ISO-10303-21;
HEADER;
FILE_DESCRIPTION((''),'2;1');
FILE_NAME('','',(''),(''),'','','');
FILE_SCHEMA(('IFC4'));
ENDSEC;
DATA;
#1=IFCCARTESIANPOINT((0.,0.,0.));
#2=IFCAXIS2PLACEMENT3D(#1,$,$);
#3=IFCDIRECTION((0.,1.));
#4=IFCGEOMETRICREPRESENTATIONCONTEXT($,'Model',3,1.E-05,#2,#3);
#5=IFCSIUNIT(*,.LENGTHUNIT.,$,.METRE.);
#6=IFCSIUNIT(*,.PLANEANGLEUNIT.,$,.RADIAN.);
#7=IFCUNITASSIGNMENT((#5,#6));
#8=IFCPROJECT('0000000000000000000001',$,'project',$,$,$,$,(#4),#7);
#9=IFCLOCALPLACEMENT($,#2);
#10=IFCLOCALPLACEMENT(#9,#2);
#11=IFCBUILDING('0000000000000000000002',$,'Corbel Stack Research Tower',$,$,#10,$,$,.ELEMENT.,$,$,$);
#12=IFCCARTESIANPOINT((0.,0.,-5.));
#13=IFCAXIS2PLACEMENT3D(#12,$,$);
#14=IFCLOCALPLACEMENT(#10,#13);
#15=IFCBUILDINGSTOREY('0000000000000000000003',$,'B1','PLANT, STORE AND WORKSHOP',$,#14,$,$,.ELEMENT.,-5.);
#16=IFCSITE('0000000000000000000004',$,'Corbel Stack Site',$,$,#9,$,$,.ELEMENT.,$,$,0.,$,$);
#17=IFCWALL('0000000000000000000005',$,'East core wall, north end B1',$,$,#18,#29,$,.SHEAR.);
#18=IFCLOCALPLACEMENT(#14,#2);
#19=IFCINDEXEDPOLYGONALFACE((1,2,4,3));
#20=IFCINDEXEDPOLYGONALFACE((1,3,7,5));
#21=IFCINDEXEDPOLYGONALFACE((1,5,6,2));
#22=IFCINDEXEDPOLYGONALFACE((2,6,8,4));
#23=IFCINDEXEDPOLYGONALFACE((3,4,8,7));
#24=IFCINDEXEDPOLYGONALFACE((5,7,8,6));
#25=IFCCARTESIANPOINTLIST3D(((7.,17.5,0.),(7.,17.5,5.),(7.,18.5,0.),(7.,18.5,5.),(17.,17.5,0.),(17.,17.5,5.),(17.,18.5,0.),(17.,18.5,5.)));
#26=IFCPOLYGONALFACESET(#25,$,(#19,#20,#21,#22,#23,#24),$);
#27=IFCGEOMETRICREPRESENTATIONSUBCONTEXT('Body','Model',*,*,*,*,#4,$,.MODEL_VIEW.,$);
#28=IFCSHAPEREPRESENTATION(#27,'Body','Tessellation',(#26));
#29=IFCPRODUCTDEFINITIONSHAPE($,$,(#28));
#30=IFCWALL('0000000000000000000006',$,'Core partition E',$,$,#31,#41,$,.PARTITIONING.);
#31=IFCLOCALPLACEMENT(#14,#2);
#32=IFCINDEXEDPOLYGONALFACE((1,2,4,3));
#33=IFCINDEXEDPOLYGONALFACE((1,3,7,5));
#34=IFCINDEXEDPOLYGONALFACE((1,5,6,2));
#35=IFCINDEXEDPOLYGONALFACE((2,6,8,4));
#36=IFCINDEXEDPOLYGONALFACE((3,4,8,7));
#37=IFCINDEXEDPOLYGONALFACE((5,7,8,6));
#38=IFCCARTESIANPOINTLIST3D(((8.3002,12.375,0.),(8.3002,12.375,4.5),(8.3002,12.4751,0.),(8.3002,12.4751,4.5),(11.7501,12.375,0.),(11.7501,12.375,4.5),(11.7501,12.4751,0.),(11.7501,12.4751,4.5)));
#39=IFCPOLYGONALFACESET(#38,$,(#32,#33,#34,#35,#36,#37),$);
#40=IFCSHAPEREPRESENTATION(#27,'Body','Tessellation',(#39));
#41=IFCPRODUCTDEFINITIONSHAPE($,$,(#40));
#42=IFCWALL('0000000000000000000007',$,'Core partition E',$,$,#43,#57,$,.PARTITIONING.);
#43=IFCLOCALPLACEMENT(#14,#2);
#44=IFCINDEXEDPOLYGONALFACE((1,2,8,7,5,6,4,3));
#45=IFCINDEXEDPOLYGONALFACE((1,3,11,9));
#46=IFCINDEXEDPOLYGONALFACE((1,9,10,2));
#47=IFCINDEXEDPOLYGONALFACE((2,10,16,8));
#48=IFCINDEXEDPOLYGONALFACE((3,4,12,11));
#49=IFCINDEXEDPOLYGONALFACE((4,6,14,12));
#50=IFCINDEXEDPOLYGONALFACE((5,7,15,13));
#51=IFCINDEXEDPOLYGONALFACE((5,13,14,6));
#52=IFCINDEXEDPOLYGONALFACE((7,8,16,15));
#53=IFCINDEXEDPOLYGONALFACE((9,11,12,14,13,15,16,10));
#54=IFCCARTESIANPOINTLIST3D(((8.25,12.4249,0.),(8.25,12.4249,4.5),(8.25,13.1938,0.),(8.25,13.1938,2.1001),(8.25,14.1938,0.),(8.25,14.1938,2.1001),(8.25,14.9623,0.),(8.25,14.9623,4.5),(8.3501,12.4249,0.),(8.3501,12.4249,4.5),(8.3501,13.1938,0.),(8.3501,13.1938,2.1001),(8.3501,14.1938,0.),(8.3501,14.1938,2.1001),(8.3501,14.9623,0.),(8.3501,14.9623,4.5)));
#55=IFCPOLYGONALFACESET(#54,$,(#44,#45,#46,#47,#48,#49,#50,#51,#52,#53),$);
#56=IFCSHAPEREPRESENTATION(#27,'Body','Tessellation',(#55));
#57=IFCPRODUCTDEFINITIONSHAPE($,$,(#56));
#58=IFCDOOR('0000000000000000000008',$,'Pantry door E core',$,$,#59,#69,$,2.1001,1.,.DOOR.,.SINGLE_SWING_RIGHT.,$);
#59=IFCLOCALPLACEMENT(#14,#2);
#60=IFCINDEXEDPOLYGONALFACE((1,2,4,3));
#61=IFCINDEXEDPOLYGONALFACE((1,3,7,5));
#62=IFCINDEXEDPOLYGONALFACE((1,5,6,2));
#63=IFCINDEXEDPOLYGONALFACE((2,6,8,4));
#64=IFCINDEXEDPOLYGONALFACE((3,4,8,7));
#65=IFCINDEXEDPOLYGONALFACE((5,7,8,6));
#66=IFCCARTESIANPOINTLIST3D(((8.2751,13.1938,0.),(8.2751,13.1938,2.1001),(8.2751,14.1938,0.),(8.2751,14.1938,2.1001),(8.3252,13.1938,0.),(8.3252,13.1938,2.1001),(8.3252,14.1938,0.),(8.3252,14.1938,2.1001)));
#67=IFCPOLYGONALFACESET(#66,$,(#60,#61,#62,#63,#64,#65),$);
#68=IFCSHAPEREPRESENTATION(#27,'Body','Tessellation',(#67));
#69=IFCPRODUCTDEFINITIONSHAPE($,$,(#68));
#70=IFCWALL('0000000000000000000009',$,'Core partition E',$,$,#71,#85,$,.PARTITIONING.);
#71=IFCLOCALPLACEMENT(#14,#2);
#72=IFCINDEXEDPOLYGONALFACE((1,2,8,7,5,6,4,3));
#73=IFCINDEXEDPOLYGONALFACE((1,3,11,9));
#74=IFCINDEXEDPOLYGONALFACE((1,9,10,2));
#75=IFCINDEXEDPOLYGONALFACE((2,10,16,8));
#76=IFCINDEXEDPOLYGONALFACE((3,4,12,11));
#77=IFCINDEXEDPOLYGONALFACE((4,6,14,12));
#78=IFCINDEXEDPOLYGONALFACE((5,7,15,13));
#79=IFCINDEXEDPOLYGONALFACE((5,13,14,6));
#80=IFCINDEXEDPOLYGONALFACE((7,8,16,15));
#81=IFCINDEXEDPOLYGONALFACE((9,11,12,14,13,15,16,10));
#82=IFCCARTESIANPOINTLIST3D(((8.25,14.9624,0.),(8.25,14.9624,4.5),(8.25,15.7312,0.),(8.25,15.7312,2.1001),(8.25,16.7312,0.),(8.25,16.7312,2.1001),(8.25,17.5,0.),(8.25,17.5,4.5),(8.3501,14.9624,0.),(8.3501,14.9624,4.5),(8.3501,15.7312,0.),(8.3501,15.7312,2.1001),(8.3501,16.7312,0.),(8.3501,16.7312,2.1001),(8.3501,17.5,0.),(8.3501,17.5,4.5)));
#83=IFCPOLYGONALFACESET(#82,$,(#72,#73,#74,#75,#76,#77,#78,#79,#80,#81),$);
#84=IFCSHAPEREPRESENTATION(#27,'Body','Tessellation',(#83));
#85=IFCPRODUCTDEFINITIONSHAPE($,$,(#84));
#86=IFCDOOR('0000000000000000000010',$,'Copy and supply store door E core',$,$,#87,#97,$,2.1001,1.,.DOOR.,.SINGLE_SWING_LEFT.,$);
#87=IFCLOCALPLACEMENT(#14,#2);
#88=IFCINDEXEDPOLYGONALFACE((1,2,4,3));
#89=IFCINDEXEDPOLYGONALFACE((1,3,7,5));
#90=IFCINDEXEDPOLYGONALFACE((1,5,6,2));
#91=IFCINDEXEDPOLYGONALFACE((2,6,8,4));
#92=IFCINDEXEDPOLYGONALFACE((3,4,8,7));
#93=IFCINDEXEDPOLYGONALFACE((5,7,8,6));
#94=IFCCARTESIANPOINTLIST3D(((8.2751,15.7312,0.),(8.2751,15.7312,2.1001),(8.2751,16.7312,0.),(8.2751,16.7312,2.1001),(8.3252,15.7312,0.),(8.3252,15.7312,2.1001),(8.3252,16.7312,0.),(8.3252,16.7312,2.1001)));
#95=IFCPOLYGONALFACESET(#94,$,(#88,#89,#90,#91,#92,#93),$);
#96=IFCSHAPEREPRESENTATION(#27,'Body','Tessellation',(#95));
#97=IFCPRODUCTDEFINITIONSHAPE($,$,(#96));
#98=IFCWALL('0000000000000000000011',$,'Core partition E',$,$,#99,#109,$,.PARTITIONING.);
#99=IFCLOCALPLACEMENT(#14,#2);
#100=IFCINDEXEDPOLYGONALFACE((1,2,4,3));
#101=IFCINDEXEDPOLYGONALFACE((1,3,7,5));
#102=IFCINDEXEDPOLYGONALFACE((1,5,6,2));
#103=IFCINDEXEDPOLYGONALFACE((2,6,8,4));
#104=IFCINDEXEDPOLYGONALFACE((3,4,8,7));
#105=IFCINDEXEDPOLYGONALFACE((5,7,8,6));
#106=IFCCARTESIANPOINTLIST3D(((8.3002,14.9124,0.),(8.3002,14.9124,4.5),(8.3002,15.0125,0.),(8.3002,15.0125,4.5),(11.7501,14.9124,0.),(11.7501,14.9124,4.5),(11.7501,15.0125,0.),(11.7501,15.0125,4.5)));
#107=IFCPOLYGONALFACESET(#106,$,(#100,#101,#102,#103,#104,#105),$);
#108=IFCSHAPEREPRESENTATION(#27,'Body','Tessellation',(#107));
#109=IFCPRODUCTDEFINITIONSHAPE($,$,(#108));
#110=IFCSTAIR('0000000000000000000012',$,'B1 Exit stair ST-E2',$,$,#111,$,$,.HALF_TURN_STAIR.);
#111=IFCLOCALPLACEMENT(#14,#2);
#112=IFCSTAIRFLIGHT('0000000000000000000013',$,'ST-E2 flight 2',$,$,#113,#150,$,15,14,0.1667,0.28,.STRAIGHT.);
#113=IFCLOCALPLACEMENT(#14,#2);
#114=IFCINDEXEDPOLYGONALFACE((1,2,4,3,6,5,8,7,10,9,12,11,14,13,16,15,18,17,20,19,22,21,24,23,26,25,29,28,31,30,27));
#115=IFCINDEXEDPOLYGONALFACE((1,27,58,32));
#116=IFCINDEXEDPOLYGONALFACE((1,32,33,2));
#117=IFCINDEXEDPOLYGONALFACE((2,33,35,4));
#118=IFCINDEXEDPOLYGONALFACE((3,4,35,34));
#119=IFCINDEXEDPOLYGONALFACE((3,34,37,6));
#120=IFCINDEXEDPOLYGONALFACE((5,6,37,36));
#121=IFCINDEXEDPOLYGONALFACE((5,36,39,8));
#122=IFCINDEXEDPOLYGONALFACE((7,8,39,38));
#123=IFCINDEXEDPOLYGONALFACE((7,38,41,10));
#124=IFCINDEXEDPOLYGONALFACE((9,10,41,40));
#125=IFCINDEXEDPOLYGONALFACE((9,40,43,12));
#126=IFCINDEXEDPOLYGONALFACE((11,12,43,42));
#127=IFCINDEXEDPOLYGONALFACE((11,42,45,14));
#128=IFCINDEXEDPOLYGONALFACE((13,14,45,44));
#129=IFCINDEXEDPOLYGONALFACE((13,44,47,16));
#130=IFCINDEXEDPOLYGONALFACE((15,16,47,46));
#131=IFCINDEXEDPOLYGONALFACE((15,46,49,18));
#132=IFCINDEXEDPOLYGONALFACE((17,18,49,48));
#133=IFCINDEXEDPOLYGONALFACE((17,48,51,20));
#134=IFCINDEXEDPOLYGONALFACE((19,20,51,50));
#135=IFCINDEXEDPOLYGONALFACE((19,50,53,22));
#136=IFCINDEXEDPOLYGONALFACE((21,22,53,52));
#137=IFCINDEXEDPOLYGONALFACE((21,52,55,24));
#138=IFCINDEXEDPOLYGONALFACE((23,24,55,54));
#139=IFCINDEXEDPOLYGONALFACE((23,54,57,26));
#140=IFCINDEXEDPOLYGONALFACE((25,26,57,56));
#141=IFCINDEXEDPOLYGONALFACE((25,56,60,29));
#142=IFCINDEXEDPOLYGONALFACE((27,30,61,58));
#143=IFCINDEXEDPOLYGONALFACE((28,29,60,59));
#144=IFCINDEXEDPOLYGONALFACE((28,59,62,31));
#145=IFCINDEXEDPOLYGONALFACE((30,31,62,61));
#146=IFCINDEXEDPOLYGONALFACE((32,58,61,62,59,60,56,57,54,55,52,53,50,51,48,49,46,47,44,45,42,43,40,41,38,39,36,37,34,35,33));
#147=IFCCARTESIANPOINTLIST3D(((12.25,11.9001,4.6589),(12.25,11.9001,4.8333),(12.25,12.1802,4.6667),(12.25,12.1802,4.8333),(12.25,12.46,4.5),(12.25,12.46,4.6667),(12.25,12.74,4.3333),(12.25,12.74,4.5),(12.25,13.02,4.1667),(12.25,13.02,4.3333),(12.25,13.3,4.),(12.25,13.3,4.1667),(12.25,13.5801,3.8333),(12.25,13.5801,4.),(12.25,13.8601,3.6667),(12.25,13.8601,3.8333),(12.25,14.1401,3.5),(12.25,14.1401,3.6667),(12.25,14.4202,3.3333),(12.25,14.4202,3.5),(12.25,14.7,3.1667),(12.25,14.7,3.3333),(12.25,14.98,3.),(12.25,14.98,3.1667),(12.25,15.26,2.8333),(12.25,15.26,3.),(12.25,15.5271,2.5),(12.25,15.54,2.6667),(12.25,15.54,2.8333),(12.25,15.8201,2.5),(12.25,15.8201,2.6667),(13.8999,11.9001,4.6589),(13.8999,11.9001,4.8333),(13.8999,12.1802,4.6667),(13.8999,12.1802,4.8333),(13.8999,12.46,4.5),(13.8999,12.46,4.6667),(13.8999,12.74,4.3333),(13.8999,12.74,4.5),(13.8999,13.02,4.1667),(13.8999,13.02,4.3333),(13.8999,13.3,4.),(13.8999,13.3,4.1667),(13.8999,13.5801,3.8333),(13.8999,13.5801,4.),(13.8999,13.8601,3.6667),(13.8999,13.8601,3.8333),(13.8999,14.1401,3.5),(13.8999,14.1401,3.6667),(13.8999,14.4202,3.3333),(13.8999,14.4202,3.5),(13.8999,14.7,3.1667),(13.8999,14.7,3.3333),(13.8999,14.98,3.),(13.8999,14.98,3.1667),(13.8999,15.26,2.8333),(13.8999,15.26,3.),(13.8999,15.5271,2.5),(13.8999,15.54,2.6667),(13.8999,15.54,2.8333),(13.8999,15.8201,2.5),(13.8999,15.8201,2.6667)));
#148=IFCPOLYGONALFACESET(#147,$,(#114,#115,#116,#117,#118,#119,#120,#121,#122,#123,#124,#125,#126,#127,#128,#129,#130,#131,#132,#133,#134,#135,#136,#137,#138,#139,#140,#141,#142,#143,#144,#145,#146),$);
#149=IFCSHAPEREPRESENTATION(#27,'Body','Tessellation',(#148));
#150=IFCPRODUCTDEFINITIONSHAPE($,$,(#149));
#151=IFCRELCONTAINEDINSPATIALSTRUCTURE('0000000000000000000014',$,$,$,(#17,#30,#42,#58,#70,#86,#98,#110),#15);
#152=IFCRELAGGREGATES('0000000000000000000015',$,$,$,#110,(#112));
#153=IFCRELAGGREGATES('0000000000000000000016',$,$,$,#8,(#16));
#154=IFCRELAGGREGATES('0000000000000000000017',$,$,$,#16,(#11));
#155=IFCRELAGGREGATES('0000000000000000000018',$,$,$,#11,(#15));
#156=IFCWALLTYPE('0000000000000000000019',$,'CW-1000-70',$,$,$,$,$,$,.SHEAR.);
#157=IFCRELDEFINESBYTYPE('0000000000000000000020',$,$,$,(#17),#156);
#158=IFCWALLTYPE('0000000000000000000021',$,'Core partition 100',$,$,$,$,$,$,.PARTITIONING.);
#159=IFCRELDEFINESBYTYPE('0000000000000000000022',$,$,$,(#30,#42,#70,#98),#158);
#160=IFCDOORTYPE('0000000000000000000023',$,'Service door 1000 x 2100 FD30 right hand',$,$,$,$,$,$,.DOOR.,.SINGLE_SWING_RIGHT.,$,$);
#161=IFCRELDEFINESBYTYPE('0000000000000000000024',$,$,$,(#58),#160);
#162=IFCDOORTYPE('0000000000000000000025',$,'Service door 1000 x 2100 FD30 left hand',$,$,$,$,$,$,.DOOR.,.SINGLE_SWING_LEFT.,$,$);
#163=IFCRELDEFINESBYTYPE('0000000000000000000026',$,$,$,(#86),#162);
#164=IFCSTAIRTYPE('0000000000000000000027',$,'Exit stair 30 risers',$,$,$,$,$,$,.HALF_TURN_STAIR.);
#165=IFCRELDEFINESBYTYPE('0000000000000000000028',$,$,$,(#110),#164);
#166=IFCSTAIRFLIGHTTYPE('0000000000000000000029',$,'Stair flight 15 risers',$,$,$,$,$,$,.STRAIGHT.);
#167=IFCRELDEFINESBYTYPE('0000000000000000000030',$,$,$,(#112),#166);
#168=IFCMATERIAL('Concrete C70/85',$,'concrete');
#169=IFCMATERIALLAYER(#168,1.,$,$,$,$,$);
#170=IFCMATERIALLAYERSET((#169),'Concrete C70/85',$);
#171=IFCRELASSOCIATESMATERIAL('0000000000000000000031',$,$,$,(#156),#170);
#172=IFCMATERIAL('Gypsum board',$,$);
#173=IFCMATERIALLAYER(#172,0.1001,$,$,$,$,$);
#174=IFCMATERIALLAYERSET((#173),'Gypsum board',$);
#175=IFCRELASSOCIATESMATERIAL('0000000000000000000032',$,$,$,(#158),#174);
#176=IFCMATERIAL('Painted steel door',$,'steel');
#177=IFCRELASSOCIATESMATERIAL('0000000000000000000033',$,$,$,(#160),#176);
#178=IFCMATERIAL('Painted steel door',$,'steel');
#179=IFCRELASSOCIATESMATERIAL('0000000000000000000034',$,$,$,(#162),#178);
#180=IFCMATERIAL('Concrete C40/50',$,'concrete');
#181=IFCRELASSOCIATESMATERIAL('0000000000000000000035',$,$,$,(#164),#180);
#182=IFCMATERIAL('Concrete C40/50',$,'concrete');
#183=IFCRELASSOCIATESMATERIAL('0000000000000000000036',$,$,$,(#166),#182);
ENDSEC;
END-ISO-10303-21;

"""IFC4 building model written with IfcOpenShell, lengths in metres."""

from ifc_helpers import new_model, si_unit, direction, frame, frame_2d, origin, place, context, subcontext, project, spatial, polyline, rectangle, outline, extrude, material, layer, layer_set, type_object, element, fill, aggregate, save


model = new_model("IFC4")

# Units and contexts
model_context = context("Model", 3, precision=1e-05, world=origin(), true_north=direction((0.0, 1.0)))
body_context = subcontext(model_context, "Body", "Model", "MODEL_VIEW")
ifc_project = project(units=[si_unit("LENGTHUNIT", "METRE"), si_unit("PLANEANGLEUNIT", "RADIAN")], contexts=[model_context])

# Site, building, storey
site_placement = place(None, origin())
site = spatial("IfcSite", under=ifc_project, at=site_placement, Name="Corbel Stack Site", CompositionType="ELEMENT", RefElevation=0.0)
building_placement = place(site_placement, origin())
building = spatial("IfcBuilding", under=site, at=building_placement, Name="Corbel Stack Research Tower", CompositionType="ELEMENT")
storey_placement = place(building_placement, frame((0.0, 0.0, -5.0)))
storey = spatial("IfcBuildingStorey", under=building, at=storey_placement, Name="B1", Description="PLANT, STORE AND WORKSHOP", CompositionType="ELEMENT", Elevation=-5.0)

# Walls
ifc_material_1 = material(Name="Concrete C70/85", Category="concrete")
ifc_layer_1 = layer(ifc_material_1, 1.0)
ifc_layer_set_1 = layer_set([ifc_layer_1], Name="Concrete C70/85")
wall_type_1 = type_object("IfcWallType", Name="CW-1000-70", PredefinedType="SHEAR", material=ifc_layer_set_1)
wall_1_placement = place(storey_placement, frame((7.0, 18.0, 0.0), z_axis=(0.0, 0.0, 1.0), x_axis=(1.0, 0.0, 0.0)))
element("IfcWall", 1, at=wall_1_placement, inside=storey, type_object=wall_type_1, Name="East core wall, north end B1", PredefinedType="SHEAR", context=body_context, shape_type="SweptSolid", body=[
    extrude(rectangle(XDim=10.0, YDim=1.0, at=frame_2d((5.0, 0.0))), origin(), (0.0, 0.0, 1.0), 5.0),
])
ifc_material_2 = material(Name="Gypsum board")
ifc_layer_2 = layer(ifc_material_2, 0.1001)
ifc_layer_set_2 = layer_set([ifc_layer_2], Name="Gypsum board")
wall_type_2 = type_object("IfcWallType", Name="Core partition 100", PredefinedType="PARTITIONING", material=ifc_layer_set_2)
wall_2_placement = place(storey_placement, frame((8.3, 12.425, 0.0), z_axis=(0.0, 0.0, 1.0), x_axis=(1.0, 0.0, 0.0)))
element("IfcWall", 2, at=wall_2_placement, inside=storey, type_object=wall_type_2, Name="Core partition E", PredefinedType="PARTITIONING", context=body_context, shape_type="SweptSolid", body=[
    extrude(rectangle(XDim=3.45, YDim=0.1001, at=frame_2d((1.7251, 0.0))), origin(), (0.0, 0.0, 1.0), 4.5),
])

# Walls, openings, doors
wall_3_placement = place(storey_placement, frame((8.3, 12.425, 0.0), z_axis=(0.0, 0.0, 1.0), x_axis=(0.0, 1.0, 0.0)))
wall_3 = element("IfcWall", 3, at=wall_3_placement, inside=storey, type_object=wall_type_2, Name="Core partition E", PredefinedType="PARTITIONING", context=body_context, shape_type="SweptSolid", body=[
    extrude(rectangle(XDim=2.5374, YDim=0.1001, at=frame_2d((1.2686, 0.0))), origin(), (0.0, 0.0, 1.0), 4.5),
])
opening_1_placement = place(wall_3_placement, frame((0.7688, 0.0, 0.0)))
opening_1 = element("IfcOpeningElement", 4, at=opening_1_placement, cuts=wall_3, PredefinedType="OPENING", context=body_context, shape_type="SweptSolid", body=[
    extrude(rectangle(XDim=1.0, YDim=2.1001, at=frame_2d((0.5, 1.05))), frame((0.0, 0.0601, 0.0), z_axis=(0.0, -1.0, 0.0), x_axis=(1.0, 0.0, 0.0)), (0.0, 0.0, 1.0), 0.1201),
])
ifc_material_3 = material(Name="Painted steel door", Category="steel")
door_type_1 = type_object("IfcDoorType", Name="Service door 1000 x 2100 FD30 right hand", OperationType="SINGLE_SWING_RIGHT", PredefinedType="DOOR", material=ifc_material_3)
door_1_placement = place(opening_1_placement, origin())
door_1 = element("IfcDoor", 5, at=door_1_placement, inside=storey, type_object=door_type_1, Name="Pantry door E core", OperationType="SINGLE_SWING_RIGHT", OverallHeight=2.1001, OverallWidth=1.0, PredefinedType="DOOR", context=body_context, shape_type="SweptSolid", body=[
    extrude(rectangle(XDim=1.0, YDim=2.1001, at=frame_2d((0.5, 1.05))), frame((0.0, 0.0249, 0.0), z_axis=(0.0, -1.0, 0.0), x_axis=(1.0, 0.0, 0.0)), (0.0, 0.0, 1.0), 0.05),
])
fill(opening_1, door_1)
wall_4_placement = place(storey_placement, frame((8.3, 14.9624, 0.0), z_axis=(0.0, 0.0, 1.0), x_axis=(0.0, 1.0, 0.0)))
wall_4 = element("IfcWall", 6, at=wall_4_placement, inside=storey, type_object=wall_type_2, Name="Core partition E", PredefinedType="PARTITIONING", context=body_context, shape_type="SweptSolid", body=[
    extrude(rectangle(XDim=2.5376, YDim=0.1001, at=frame_2d((1.2688, 0.0))), origin(), (0.0, 0.0, 1.0), 4.5),
])
opening_2_placement = place(wall_4_placement, frame((0.7688, 0.0, 0.0)))
opening_2 = element("IfcOpeningElement", 7, at=opening_2_placement, cuts=wall_4, PredefinedType="OPENING", context=body_context, shape_type="SweptSolid", body=[
    extrude(rectangle(XDim=1.0, YDim=2.1001, at=frame_2d((0.5, 1.05))), frame((0.0, 0.0601, 0.0), z_axis=(0.0, -1.0, 0.0), x_axis=(1.0, 0.0, 0.0)), (0.0, 0.0, 1.0), 0.1201),
])
ifc_material_4 = material(Name="Painted steel door", Category="steel")
door_type_2 = type_object("IfcDoorType", Name="Service door 1000 x 2100 FD30 left hand", OperationType="SINGLE_SWING_LEFT", PredefinedType="DOOR", material=ifc_material_4)
door_2_placement = place(opening_2_placement, origin())
door_2 = element("IfcDoor", 8, at=door_2_placement, inside=storey, type_object=door_type_2, Name="Copy and supply store door E core", OperationType="SINGLE_SWING_LEFT", OverallHeight=2.1001, OverallWidth=1.0, PredefinedType="DOOR", context=body_context, shape_type="SweptSolid", body=[
    extrude(rectangle(XDim=1.0, YDim=2.1001, at=frame_2d((0.5, 1.05))), frame((0.0, 0.0249, 0.0), z_axis=(0.0, -1.0, 0.0), x_axis=(1.0, 0.0, 0.0)), (0.0, 0.0, 1.0), 0.05),
])
fill(opening_2, door_2)

# Wall
wall_5_placement = place(storey_placement, frame((8.3, 14.9624, 0.0), z_axis=(0.0, 0.0, 1.0), x_axis=(1.0, 0.0, 0.0)))
element("IfcWall", 9, at=wall_5_placement, inside=storey, type_object=wall_type_2, Name="Core partition E", PredefinedType="PARTITIONING", context=body_context, shape_type="SweptSolid", body=[
    extrude(rectangle(XDim=3.45, YDim=0.1001, at=frame_2d((1.7251, 0.0))), origin(), (0.0, 0.0, 1.0), 4.5),
])

# Stair, stair flight
ifc_material_5 = material(Name="Concrete C40/50", Category="concrete")
stair_type = type_object("IfcStairType", Name="Exit stair 30 risers", PredefinedType="HALF_TURN_STAIR", material=ifc_material_5)
stair_placement = place(storey_placement, origin())
stair = element("IfcStair", 10, at=stair_placement, inside=storey, type_object=stair_type, Name="B1 Exit stair ST-E2", PredefinedType="HALF_TURN_STAIR")
ifc_material_6 = material(Name="Concrete C40/50", Category="concrete")
stair_flight_type = type_object("IfcStairFlightType", Name="Stair flight 15 risers", PredefinedType="STRAIGHT", material=ifc_material_6)
stair_flight_placement = place(storey_placement, frame((13.075, 15.8201, 2.5), z_axis=(0.0, 0.0, 1.0), x_axis=(0.0, -1.0, 0.0)))
stair_flight = element("IfcStairFlight", 11, at=stair_flight_placement, type_object=stair_flight_type, Name="ST-E2 flight 2", NumberOfRisers=15, NumberOfTreads=14, PredefinedType="STRAIGHT", RiserHeight=0.1667, TreadLength=0.28, context=body_context, shape_type="SweptSolid", body=[
    extrude(outline(polyline([(0.0, 0.0), (0.0, 0.1667), (0.28, 0.1667), (0.28, 0.3333), (0.5601, 0.3333), (0.5601, 0.5), (0.8401, 0.5), (0.8401, 0.6667), (1.1201, 0.6667), (1.1201, 0.8333), (1.3999, 0.8333), (1.3999, 1.0), (1.6799, 1.0), (1.6799, 1.1667), (1.96, 1.1667), (1.96, 1.3333), (2.24, 1.3333), (2.24, 1.5), (2.52, 1.5), (2.52, 1.6667), (2.8, 1.6667), (2.8, 1.8333), (3.0801, 1.8333), (3.0801, 2.0), (3.3601, 2.0), (3.3601, 2.1667), (3.6399, 2.1667), (3.6399, 2.3333), (3.9199, 2.3333), (3.9199, 2.5), (3.9199, 2.1589), (0.293, 0.0), (0.0, 0.0)])), frame((0.0, 0.825, 0.0), z_axis=(0.0, -1.0, 0.0), x_axis=(1.0, 0.0, 0.0)), (0.0, 0.0, 1.0), 1.6499),
])
aggregate(stair, [stair_flight])

save(model, "model.ifc")
